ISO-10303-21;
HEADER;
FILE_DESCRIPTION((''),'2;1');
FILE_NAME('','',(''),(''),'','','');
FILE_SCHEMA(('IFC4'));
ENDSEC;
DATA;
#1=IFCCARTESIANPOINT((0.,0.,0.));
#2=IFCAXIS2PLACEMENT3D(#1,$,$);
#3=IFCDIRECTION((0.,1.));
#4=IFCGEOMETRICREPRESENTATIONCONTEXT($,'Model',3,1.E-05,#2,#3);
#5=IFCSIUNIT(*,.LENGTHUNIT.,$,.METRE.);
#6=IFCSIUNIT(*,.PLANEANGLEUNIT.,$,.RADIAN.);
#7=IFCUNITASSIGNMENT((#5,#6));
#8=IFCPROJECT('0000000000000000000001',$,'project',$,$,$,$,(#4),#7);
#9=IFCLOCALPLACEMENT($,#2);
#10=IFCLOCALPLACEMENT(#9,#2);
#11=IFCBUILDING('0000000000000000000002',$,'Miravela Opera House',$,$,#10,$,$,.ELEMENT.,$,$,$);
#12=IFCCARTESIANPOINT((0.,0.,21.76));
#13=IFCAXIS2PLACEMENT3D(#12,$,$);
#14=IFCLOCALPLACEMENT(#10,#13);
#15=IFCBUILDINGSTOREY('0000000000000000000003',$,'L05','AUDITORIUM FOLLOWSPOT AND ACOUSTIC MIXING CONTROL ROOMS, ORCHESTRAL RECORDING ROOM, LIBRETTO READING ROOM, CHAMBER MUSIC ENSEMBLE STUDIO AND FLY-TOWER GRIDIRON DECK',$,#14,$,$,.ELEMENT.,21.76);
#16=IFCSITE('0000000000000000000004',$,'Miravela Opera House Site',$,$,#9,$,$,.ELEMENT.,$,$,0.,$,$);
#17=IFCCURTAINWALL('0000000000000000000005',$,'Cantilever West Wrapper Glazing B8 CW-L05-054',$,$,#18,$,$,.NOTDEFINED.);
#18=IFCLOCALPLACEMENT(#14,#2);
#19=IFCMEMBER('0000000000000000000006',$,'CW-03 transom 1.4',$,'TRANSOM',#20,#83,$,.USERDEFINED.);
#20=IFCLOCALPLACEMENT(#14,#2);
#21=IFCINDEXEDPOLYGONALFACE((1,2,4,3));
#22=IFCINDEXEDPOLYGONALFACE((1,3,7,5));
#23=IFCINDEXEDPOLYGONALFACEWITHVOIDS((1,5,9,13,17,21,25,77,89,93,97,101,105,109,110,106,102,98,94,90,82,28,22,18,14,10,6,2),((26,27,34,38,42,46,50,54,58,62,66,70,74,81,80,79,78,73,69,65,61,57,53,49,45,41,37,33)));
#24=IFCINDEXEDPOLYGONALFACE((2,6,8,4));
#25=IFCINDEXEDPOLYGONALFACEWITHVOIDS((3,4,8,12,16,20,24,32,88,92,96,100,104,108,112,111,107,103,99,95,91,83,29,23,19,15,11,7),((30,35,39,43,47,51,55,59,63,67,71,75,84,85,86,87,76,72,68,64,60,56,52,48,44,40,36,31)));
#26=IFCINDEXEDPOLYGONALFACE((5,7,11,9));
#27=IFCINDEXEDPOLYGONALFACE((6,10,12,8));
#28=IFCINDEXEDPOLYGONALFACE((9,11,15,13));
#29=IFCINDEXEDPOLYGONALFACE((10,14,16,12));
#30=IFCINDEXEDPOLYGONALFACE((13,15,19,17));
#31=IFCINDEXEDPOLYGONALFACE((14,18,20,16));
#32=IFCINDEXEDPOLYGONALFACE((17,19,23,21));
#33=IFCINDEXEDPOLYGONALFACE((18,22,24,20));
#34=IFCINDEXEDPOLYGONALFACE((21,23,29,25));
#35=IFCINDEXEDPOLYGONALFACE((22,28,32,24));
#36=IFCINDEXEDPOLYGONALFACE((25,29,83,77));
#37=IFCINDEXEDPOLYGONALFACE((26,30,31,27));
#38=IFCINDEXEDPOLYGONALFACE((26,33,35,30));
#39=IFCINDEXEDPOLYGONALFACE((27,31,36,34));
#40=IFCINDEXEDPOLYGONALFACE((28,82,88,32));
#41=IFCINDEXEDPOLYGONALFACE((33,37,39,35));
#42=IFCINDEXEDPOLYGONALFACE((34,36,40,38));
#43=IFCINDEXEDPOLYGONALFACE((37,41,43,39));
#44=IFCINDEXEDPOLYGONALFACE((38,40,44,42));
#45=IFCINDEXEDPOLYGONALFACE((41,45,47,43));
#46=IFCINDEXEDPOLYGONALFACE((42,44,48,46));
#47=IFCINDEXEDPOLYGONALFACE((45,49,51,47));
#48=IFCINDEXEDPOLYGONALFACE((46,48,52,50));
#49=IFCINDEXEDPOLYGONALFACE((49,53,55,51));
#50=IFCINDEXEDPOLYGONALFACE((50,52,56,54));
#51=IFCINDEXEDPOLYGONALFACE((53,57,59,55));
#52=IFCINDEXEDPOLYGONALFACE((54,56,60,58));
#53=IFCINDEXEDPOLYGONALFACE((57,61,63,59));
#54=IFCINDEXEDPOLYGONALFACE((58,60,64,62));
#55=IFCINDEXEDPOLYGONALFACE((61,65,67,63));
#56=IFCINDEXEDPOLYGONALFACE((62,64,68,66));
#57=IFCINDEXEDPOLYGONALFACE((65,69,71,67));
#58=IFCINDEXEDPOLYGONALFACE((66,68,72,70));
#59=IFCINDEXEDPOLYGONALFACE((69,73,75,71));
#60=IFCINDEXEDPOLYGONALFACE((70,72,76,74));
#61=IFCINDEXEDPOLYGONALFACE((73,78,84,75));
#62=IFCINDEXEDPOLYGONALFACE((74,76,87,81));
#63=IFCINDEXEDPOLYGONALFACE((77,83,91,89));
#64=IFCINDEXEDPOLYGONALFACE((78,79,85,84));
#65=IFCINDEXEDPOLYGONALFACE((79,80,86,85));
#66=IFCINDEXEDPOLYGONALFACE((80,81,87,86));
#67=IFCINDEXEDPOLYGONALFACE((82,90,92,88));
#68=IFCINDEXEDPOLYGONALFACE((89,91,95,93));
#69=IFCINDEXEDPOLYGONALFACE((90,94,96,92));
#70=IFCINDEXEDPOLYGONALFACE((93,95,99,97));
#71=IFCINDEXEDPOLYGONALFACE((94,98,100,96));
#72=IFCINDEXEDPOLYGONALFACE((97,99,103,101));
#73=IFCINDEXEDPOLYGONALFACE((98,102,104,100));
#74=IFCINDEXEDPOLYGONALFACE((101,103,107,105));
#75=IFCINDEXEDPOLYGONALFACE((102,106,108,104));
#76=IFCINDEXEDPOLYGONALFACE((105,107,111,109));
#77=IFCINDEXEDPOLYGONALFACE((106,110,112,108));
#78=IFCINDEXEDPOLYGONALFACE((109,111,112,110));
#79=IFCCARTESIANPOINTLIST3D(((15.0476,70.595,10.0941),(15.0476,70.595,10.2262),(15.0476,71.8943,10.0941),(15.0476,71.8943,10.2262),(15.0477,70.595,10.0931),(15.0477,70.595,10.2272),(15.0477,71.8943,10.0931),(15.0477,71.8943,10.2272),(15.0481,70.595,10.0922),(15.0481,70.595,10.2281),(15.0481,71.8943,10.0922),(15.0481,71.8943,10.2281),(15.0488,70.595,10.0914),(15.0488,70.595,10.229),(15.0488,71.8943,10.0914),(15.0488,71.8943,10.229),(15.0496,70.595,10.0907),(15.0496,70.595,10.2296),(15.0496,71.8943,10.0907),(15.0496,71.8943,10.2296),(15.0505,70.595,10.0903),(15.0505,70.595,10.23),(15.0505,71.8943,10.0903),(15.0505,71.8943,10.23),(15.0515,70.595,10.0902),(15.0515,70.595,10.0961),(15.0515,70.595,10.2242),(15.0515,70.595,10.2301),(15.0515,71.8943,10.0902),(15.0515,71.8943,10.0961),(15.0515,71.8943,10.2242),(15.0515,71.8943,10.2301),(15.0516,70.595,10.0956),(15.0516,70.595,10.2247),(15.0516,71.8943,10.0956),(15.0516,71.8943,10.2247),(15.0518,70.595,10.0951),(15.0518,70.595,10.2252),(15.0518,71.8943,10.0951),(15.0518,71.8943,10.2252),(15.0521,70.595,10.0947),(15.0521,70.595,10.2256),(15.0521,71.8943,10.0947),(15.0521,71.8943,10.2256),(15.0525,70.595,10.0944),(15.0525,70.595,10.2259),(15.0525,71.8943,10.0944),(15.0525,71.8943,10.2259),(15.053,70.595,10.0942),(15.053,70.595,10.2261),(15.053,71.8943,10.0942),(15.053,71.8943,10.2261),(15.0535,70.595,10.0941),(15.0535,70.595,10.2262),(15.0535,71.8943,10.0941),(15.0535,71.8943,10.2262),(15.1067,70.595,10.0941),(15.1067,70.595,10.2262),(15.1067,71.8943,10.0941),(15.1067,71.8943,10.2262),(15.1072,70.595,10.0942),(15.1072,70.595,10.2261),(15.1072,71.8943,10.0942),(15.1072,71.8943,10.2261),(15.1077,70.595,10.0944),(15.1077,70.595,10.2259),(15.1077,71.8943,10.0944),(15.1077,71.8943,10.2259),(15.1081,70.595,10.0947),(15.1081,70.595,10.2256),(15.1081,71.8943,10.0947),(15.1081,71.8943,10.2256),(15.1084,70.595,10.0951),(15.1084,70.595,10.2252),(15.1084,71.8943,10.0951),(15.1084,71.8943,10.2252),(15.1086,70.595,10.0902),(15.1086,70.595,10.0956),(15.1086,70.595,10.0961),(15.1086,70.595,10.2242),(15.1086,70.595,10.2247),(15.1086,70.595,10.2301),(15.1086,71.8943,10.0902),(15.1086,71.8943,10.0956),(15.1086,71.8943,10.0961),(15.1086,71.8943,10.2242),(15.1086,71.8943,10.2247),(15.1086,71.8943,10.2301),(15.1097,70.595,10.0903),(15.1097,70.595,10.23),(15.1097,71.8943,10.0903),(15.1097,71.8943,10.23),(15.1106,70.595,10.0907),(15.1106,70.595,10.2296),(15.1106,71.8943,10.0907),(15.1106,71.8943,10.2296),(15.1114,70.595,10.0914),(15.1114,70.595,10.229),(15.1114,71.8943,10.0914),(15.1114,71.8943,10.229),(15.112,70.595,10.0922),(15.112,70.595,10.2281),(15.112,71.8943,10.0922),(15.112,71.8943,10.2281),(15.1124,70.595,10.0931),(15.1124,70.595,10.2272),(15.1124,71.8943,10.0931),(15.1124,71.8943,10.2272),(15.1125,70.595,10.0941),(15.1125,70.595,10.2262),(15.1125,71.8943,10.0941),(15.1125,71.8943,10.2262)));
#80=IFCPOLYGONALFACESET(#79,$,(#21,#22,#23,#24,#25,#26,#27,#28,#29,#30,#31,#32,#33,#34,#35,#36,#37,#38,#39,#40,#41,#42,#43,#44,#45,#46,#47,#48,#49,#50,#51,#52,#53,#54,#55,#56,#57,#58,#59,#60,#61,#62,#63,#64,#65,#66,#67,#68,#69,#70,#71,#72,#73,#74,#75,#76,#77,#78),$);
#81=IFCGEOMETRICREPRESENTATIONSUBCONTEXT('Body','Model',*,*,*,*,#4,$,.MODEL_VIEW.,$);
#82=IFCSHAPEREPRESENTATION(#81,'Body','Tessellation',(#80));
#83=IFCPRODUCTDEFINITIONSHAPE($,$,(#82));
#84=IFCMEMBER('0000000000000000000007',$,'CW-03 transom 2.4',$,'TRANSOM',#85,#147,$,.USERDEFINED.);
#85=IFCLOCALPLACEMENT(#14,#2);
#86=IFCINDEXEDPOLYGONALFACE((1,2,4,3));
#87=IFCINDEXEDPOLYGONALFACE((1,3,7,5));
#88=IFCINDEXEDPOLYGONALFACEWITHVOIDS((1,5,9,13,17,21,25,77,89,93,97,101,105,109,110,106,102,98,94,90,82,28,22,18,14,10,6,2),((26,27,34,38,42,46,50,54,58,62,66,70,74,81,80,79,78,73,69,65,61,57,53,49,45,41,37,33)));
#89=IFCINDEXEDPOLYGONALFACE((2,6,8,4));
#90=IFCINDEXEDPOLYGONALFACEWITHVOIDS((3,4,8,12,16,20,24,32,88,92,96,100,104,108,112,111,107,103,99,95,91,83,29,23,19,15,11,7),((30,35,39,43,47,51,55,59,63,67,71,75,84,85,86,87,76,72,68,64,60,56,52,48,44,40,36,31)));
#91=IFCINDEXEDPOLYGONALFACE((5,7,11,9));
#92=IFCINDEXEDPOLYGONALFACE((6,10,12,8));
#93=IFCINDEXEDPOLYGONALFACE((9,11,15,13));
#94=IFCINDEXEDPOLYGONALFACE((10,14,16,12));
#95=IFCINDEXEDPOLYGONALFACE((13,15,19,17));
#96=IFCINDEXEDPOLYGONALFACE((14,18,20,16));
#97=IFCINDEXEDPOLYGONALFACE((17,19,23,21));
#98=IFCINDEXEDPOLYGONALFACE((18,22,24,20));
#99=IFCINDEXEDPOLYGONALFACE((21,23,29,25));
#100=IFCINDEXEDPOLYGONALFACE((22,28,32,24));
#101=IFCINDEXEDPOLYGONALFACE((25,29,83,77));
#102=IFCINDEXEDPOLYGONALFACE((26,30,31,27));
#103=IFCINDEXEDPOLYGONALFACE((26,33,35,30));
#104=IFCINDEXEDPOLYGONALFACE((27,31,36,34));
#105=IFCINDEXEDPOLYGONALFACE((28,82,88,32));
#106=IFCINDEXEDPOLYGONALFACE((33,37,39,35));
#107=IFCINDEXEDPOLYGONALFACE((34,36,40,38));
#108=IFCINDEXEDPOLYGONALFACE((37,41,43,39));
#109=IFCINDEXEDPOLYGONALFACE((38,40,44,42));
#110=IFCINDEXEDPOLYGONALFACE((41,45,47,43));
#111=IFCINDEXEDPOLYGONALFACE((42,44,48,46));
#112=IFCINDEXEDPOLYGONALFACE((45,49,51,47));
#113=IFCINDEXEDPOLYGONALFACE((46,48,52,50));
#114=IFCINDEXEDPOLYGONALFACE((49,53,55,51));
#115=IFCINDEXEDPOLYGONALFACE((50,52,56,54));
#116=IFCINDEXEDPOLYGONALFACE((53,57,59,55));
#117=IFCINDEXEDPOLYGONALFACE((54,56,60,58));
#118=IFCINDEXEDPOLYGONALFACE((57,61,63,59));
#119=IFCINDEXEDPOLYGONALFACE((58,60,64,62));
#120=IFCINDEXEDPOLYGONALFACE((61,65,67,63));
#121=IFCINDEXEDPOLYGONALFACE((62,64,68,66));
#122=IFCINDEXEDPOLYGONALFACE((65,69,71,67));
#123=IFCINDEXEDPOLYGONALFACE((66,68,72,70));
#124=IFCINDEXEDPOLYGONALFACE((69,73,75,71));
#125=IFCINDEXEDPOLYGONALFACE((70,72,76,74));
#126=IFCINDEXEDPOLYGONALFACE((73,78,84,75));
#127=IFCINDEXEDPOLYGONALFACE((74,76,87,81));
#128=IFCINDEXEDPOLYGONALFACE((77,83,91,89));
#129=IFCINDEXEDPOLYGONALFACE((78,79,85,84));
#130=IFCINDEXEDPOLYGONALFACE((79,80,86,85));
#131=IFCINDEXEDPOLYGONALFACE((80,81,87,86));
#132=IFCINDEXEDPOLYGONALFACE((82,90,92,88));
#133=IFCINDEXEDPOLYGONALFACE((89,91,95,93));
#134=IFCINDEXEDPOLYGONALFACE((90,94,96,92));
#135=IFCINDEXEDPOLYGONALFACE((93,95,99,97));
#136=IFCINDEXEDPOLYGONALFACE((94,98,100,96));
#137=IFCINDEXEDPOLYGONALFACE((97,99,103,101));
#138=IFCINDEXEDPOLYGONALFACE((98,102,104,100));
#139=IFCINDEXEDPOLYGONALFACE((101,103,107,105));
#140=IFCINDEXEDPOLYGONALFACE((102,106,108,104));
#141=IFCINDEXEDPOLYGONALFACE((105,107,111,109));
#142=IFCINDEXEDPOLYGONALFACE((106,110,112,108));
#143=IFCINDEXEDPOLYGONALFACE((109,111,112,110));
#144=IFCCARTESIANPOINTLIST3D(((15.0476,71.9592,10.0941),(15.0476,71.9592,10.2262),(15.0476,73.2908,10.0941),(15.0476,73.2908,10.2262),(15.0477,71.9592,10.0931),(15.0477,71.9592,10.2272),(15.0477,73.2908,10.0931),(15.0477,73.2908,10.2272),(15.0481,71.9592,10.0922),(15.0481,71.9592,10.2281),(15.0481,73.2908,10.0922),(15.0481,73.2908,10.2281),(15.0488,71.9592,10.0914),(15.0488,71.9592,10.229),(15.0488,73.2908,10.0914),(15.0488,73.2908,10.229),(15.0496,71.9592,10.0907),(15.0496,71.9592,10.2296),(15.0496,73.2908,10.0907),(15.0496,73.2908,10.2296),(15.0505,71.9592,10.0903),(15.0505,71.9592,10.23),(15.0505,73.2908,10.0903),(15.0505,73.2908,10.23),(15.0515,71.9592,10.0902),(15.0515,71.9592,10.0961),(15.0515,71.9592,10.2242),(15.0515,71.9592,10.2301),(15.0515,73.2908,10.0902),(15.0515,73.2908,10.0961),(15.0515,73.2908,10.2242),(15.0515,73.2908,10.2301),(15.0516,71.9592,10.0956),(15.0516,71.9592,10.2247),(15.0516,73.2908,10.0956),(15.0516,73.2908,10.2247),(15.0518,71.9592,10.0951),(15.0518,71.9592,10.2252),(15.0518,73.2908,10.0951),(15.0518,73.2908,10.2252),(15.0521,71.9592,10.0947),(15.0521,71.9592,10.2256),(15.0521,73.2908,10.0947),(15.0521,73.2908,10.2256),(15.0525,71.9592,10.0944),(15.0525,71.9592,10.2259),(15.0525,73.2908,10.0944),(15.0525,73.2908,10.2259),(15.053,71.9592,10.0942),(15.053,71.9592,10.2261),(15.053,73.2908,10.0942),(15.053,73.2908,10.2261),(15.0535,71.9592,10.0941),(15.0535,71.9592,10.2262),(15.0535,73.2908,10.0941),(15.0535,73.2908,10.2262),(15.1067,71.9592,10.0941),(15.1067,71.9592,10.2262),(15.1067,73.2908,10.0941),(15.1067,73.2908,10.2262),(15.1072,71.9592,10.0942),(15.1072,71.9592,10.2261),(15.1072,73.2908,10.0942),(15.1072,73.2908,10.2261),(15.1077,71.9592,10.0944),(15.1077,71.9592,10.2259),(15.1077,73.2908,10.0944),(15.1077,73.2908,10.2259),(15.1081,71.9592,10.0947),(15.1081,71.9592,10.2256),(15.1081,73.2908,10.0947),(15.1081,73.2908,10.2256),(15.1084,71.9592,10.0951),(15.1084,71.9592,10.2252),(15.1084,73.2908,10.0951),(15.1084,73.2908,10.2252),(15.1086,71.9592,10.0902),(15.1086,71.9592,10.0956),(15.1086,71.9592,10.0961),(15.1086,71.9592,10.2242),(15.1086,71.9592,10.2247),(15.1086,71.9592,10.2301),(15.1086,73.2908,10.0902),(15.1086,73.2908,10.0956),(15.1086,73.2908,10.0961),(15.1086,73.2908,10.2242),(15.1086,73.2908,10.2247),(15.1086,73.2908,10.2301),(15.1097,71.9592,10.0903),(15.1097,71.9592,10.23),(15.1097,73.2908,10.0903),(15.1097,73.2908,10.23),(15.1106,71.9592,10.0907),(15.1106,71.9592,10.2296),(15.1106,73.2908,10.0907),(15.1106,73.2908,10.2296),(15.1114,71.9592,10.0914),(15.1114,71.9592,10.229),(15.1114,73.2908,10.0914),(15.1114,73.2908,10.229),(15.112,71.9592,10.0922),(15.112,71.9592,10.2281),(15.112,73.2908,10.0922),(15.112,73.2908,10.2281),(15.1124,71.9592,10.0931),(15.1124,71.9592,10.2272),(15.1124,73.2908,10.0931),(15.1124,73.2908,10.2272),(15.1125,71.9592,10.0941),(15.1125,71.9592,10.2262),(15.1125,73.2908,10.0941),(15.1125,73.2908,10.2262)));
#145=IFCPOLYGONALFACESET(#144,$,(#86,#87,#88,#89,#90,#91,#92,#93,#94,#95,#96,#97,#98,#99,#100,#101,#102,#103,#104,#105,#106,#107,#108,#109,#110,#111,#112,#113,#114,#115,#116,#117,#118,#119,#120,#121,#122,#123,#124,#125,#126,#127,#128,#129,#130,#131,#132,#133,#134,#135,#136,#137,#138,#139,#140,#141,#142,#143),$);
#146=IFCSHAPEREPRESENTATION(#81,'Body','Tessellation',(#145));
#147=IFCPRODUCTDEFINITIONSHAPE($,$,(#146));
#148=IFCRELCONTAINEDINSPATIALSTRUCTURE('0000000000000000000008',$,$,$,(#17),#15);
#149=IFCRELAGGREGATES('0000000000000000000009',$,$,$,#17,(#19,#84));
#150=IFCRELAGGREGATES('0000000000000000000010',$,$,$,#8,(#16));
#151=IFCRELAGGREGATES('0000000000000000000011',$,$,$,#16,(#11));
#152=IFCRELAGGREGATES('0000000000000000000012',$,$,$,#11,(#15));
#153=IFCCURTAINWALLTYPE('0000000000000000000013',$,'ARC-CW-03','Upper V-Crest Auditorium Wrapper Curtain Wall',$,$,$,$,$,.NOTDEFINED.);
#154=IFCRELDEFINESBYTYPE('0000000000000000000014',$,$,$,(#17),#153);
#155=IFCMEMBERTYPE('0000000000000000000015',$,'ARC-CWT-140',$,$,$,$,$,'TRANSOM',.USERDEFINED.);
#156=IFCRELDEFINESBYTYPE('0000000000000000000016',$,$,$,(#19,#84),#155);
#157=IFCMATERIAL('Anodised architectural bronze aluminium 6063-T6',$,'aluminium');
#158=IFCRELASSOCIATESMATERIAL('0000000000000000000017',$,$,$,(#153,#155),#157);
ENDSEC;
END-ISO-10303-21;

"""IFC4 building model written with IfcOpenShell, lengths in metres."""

from ifc_helpers import new_model, si_unit, direction, frame, origin, origin_2d, place, context, subcontext, project, spatial, hollow_rectangle, extrude, material, material_profile, profile_set, type_object, element, aggregate, save


model = new_model("IFC4")

# Units and contexts
model_context = context("Model", 3, precision=1e-05, world=origin(), true_north=direction((0.0, 1.0)))
body_context = subcontext(model_context, "Body", "Model", "MODEL_VIEW")
ifc_project = project(units=[si_unit("LENGTHUNIT", "METRE"), si_unit("PLANEANGLEUNIT", "RADIAN")], contexts=[model_context])

# Site, building, storey
site_placement = place(None, origin())
site = spatial("IfcSite", under=ifc_project, at=site_placement, Name="Miravela Opera House Site", CompositionType="ELEMENT", RefElevation=0.0)
building_placement = place(site_placement, origin())
building = spatial("IfcBuilding", under=site, at=building_placement, Name="Miravela Opera House", CompositionType="ELEMENT")
storey_placement = place(building_placement, frame((0.0, 0.0, 21.76)))
storey = spatial("IfcBuildingStorey", under=building, at=storey_placement, Name="L05", Description="AUDITORIUM FOLLOWSPOT AND ACOUSTIC MIXING CONTROL ROOMS, ORCHESTRAL RECORDING ROOM, LIBRETTO READING ROOM, CHAMBER MUSIC ENSEMBLE STUDIO AND FLY-TOWER GRIDIRON DECK", CompositionType="ELEMENT", Elevation=21.76)

# Curtain wall, members
ifc_material_1 = material(Name="Anodised architectural bronze aluminium 6063-T6", Category="aluminium")
curtain_wall_type = type_object("IfcCurtainWallType", Name="ARC-CW-03", Description="Upper V-Crest Auditorium Wrapper Curtain Wall", PredefinedType="NOTDEFINED", material=ifc_material_1)
ifc_material_profile_1 = material_profile(ifc_material_1, hollow_rectangle(XDim=0.0649, YDim=0.1399, WallThickness=0.0039, InnerFilletRadius=0.002, OuterFilletRadius=0.0039, at=origin_2d()), Name="CWT-65X140")
ifc_profile_set_1 = profile_set([ifc_material_profile_1])
member_type_1 = type_object("IfcMemberType", Name="ARC-CWT-140", ElementType="TRANSOM", PredefinedType="USERDEFINED", material=ifc_profile_set_1)
curtain_wall_1_placement = place(storey_placement, origin())
curtain_wall_1 = element("IfcCurtainWall", 1, at=curtain_wall_1_placement, inside=storey, type_object=curtain_wall_type, Name="Cantilever West Wrapper Glazing B8 CW-L05-054", PredefinedType="NOTDEFINED")
member_1_placement = place(storey_placement, frame((15.0801, 70.595, 10.1602), z_axis=(0.0, 1.0, 0.0), x_axis=(-1.0, 0.0, 0.0)))
member_1 = element("IfcMember", 2, at=member_1_placement, type_object=member_type_1, Name="CW-03 transom 1.4", ObjectType="TRANSOM", PredefinedType="USERDEFINED", context=body_context, shape_type="SweptSolid", body=[
    extrude(hollow_rectangle(XDim=0.0649, YDim=0.1399, WallThickness=0.0039, InnerFilletRadius=0.002, OuterFilletRadius=0.0039, at=origin_2d()), origin(), (0.0, 0.0, 1.0), 1.2993),
])
member_2_placement = place(storey_placement, frame((15.0801, 71.9592, 10.1602), z_axis=(0.0, 1.0, 0.0), x_axis=(-1.0, 0.0, 0.0)))
member_2 = element("IfcMember", 3, at=member_2_placement, type_object=member_type_1, Name="CW-03 transom 2.4", ObjectType="TRANSOM", PredefinedType="USERDEFINED", context=body_context, shape_type="SweptSolid", body=[
    extrude(hollow_rectangle(XDim=0.0649, YDim=0.1399, WallThickness=0.0039, InnerFilletRadius=0.002, OuterFilletRadius=0.0039, at=origin_2d()), origin(), (0.0, 0.0, 1.0), 1.3315),
])
aggregate(curtain_wall_1, [member_1, member_2])

save(model, "model.ifc")
